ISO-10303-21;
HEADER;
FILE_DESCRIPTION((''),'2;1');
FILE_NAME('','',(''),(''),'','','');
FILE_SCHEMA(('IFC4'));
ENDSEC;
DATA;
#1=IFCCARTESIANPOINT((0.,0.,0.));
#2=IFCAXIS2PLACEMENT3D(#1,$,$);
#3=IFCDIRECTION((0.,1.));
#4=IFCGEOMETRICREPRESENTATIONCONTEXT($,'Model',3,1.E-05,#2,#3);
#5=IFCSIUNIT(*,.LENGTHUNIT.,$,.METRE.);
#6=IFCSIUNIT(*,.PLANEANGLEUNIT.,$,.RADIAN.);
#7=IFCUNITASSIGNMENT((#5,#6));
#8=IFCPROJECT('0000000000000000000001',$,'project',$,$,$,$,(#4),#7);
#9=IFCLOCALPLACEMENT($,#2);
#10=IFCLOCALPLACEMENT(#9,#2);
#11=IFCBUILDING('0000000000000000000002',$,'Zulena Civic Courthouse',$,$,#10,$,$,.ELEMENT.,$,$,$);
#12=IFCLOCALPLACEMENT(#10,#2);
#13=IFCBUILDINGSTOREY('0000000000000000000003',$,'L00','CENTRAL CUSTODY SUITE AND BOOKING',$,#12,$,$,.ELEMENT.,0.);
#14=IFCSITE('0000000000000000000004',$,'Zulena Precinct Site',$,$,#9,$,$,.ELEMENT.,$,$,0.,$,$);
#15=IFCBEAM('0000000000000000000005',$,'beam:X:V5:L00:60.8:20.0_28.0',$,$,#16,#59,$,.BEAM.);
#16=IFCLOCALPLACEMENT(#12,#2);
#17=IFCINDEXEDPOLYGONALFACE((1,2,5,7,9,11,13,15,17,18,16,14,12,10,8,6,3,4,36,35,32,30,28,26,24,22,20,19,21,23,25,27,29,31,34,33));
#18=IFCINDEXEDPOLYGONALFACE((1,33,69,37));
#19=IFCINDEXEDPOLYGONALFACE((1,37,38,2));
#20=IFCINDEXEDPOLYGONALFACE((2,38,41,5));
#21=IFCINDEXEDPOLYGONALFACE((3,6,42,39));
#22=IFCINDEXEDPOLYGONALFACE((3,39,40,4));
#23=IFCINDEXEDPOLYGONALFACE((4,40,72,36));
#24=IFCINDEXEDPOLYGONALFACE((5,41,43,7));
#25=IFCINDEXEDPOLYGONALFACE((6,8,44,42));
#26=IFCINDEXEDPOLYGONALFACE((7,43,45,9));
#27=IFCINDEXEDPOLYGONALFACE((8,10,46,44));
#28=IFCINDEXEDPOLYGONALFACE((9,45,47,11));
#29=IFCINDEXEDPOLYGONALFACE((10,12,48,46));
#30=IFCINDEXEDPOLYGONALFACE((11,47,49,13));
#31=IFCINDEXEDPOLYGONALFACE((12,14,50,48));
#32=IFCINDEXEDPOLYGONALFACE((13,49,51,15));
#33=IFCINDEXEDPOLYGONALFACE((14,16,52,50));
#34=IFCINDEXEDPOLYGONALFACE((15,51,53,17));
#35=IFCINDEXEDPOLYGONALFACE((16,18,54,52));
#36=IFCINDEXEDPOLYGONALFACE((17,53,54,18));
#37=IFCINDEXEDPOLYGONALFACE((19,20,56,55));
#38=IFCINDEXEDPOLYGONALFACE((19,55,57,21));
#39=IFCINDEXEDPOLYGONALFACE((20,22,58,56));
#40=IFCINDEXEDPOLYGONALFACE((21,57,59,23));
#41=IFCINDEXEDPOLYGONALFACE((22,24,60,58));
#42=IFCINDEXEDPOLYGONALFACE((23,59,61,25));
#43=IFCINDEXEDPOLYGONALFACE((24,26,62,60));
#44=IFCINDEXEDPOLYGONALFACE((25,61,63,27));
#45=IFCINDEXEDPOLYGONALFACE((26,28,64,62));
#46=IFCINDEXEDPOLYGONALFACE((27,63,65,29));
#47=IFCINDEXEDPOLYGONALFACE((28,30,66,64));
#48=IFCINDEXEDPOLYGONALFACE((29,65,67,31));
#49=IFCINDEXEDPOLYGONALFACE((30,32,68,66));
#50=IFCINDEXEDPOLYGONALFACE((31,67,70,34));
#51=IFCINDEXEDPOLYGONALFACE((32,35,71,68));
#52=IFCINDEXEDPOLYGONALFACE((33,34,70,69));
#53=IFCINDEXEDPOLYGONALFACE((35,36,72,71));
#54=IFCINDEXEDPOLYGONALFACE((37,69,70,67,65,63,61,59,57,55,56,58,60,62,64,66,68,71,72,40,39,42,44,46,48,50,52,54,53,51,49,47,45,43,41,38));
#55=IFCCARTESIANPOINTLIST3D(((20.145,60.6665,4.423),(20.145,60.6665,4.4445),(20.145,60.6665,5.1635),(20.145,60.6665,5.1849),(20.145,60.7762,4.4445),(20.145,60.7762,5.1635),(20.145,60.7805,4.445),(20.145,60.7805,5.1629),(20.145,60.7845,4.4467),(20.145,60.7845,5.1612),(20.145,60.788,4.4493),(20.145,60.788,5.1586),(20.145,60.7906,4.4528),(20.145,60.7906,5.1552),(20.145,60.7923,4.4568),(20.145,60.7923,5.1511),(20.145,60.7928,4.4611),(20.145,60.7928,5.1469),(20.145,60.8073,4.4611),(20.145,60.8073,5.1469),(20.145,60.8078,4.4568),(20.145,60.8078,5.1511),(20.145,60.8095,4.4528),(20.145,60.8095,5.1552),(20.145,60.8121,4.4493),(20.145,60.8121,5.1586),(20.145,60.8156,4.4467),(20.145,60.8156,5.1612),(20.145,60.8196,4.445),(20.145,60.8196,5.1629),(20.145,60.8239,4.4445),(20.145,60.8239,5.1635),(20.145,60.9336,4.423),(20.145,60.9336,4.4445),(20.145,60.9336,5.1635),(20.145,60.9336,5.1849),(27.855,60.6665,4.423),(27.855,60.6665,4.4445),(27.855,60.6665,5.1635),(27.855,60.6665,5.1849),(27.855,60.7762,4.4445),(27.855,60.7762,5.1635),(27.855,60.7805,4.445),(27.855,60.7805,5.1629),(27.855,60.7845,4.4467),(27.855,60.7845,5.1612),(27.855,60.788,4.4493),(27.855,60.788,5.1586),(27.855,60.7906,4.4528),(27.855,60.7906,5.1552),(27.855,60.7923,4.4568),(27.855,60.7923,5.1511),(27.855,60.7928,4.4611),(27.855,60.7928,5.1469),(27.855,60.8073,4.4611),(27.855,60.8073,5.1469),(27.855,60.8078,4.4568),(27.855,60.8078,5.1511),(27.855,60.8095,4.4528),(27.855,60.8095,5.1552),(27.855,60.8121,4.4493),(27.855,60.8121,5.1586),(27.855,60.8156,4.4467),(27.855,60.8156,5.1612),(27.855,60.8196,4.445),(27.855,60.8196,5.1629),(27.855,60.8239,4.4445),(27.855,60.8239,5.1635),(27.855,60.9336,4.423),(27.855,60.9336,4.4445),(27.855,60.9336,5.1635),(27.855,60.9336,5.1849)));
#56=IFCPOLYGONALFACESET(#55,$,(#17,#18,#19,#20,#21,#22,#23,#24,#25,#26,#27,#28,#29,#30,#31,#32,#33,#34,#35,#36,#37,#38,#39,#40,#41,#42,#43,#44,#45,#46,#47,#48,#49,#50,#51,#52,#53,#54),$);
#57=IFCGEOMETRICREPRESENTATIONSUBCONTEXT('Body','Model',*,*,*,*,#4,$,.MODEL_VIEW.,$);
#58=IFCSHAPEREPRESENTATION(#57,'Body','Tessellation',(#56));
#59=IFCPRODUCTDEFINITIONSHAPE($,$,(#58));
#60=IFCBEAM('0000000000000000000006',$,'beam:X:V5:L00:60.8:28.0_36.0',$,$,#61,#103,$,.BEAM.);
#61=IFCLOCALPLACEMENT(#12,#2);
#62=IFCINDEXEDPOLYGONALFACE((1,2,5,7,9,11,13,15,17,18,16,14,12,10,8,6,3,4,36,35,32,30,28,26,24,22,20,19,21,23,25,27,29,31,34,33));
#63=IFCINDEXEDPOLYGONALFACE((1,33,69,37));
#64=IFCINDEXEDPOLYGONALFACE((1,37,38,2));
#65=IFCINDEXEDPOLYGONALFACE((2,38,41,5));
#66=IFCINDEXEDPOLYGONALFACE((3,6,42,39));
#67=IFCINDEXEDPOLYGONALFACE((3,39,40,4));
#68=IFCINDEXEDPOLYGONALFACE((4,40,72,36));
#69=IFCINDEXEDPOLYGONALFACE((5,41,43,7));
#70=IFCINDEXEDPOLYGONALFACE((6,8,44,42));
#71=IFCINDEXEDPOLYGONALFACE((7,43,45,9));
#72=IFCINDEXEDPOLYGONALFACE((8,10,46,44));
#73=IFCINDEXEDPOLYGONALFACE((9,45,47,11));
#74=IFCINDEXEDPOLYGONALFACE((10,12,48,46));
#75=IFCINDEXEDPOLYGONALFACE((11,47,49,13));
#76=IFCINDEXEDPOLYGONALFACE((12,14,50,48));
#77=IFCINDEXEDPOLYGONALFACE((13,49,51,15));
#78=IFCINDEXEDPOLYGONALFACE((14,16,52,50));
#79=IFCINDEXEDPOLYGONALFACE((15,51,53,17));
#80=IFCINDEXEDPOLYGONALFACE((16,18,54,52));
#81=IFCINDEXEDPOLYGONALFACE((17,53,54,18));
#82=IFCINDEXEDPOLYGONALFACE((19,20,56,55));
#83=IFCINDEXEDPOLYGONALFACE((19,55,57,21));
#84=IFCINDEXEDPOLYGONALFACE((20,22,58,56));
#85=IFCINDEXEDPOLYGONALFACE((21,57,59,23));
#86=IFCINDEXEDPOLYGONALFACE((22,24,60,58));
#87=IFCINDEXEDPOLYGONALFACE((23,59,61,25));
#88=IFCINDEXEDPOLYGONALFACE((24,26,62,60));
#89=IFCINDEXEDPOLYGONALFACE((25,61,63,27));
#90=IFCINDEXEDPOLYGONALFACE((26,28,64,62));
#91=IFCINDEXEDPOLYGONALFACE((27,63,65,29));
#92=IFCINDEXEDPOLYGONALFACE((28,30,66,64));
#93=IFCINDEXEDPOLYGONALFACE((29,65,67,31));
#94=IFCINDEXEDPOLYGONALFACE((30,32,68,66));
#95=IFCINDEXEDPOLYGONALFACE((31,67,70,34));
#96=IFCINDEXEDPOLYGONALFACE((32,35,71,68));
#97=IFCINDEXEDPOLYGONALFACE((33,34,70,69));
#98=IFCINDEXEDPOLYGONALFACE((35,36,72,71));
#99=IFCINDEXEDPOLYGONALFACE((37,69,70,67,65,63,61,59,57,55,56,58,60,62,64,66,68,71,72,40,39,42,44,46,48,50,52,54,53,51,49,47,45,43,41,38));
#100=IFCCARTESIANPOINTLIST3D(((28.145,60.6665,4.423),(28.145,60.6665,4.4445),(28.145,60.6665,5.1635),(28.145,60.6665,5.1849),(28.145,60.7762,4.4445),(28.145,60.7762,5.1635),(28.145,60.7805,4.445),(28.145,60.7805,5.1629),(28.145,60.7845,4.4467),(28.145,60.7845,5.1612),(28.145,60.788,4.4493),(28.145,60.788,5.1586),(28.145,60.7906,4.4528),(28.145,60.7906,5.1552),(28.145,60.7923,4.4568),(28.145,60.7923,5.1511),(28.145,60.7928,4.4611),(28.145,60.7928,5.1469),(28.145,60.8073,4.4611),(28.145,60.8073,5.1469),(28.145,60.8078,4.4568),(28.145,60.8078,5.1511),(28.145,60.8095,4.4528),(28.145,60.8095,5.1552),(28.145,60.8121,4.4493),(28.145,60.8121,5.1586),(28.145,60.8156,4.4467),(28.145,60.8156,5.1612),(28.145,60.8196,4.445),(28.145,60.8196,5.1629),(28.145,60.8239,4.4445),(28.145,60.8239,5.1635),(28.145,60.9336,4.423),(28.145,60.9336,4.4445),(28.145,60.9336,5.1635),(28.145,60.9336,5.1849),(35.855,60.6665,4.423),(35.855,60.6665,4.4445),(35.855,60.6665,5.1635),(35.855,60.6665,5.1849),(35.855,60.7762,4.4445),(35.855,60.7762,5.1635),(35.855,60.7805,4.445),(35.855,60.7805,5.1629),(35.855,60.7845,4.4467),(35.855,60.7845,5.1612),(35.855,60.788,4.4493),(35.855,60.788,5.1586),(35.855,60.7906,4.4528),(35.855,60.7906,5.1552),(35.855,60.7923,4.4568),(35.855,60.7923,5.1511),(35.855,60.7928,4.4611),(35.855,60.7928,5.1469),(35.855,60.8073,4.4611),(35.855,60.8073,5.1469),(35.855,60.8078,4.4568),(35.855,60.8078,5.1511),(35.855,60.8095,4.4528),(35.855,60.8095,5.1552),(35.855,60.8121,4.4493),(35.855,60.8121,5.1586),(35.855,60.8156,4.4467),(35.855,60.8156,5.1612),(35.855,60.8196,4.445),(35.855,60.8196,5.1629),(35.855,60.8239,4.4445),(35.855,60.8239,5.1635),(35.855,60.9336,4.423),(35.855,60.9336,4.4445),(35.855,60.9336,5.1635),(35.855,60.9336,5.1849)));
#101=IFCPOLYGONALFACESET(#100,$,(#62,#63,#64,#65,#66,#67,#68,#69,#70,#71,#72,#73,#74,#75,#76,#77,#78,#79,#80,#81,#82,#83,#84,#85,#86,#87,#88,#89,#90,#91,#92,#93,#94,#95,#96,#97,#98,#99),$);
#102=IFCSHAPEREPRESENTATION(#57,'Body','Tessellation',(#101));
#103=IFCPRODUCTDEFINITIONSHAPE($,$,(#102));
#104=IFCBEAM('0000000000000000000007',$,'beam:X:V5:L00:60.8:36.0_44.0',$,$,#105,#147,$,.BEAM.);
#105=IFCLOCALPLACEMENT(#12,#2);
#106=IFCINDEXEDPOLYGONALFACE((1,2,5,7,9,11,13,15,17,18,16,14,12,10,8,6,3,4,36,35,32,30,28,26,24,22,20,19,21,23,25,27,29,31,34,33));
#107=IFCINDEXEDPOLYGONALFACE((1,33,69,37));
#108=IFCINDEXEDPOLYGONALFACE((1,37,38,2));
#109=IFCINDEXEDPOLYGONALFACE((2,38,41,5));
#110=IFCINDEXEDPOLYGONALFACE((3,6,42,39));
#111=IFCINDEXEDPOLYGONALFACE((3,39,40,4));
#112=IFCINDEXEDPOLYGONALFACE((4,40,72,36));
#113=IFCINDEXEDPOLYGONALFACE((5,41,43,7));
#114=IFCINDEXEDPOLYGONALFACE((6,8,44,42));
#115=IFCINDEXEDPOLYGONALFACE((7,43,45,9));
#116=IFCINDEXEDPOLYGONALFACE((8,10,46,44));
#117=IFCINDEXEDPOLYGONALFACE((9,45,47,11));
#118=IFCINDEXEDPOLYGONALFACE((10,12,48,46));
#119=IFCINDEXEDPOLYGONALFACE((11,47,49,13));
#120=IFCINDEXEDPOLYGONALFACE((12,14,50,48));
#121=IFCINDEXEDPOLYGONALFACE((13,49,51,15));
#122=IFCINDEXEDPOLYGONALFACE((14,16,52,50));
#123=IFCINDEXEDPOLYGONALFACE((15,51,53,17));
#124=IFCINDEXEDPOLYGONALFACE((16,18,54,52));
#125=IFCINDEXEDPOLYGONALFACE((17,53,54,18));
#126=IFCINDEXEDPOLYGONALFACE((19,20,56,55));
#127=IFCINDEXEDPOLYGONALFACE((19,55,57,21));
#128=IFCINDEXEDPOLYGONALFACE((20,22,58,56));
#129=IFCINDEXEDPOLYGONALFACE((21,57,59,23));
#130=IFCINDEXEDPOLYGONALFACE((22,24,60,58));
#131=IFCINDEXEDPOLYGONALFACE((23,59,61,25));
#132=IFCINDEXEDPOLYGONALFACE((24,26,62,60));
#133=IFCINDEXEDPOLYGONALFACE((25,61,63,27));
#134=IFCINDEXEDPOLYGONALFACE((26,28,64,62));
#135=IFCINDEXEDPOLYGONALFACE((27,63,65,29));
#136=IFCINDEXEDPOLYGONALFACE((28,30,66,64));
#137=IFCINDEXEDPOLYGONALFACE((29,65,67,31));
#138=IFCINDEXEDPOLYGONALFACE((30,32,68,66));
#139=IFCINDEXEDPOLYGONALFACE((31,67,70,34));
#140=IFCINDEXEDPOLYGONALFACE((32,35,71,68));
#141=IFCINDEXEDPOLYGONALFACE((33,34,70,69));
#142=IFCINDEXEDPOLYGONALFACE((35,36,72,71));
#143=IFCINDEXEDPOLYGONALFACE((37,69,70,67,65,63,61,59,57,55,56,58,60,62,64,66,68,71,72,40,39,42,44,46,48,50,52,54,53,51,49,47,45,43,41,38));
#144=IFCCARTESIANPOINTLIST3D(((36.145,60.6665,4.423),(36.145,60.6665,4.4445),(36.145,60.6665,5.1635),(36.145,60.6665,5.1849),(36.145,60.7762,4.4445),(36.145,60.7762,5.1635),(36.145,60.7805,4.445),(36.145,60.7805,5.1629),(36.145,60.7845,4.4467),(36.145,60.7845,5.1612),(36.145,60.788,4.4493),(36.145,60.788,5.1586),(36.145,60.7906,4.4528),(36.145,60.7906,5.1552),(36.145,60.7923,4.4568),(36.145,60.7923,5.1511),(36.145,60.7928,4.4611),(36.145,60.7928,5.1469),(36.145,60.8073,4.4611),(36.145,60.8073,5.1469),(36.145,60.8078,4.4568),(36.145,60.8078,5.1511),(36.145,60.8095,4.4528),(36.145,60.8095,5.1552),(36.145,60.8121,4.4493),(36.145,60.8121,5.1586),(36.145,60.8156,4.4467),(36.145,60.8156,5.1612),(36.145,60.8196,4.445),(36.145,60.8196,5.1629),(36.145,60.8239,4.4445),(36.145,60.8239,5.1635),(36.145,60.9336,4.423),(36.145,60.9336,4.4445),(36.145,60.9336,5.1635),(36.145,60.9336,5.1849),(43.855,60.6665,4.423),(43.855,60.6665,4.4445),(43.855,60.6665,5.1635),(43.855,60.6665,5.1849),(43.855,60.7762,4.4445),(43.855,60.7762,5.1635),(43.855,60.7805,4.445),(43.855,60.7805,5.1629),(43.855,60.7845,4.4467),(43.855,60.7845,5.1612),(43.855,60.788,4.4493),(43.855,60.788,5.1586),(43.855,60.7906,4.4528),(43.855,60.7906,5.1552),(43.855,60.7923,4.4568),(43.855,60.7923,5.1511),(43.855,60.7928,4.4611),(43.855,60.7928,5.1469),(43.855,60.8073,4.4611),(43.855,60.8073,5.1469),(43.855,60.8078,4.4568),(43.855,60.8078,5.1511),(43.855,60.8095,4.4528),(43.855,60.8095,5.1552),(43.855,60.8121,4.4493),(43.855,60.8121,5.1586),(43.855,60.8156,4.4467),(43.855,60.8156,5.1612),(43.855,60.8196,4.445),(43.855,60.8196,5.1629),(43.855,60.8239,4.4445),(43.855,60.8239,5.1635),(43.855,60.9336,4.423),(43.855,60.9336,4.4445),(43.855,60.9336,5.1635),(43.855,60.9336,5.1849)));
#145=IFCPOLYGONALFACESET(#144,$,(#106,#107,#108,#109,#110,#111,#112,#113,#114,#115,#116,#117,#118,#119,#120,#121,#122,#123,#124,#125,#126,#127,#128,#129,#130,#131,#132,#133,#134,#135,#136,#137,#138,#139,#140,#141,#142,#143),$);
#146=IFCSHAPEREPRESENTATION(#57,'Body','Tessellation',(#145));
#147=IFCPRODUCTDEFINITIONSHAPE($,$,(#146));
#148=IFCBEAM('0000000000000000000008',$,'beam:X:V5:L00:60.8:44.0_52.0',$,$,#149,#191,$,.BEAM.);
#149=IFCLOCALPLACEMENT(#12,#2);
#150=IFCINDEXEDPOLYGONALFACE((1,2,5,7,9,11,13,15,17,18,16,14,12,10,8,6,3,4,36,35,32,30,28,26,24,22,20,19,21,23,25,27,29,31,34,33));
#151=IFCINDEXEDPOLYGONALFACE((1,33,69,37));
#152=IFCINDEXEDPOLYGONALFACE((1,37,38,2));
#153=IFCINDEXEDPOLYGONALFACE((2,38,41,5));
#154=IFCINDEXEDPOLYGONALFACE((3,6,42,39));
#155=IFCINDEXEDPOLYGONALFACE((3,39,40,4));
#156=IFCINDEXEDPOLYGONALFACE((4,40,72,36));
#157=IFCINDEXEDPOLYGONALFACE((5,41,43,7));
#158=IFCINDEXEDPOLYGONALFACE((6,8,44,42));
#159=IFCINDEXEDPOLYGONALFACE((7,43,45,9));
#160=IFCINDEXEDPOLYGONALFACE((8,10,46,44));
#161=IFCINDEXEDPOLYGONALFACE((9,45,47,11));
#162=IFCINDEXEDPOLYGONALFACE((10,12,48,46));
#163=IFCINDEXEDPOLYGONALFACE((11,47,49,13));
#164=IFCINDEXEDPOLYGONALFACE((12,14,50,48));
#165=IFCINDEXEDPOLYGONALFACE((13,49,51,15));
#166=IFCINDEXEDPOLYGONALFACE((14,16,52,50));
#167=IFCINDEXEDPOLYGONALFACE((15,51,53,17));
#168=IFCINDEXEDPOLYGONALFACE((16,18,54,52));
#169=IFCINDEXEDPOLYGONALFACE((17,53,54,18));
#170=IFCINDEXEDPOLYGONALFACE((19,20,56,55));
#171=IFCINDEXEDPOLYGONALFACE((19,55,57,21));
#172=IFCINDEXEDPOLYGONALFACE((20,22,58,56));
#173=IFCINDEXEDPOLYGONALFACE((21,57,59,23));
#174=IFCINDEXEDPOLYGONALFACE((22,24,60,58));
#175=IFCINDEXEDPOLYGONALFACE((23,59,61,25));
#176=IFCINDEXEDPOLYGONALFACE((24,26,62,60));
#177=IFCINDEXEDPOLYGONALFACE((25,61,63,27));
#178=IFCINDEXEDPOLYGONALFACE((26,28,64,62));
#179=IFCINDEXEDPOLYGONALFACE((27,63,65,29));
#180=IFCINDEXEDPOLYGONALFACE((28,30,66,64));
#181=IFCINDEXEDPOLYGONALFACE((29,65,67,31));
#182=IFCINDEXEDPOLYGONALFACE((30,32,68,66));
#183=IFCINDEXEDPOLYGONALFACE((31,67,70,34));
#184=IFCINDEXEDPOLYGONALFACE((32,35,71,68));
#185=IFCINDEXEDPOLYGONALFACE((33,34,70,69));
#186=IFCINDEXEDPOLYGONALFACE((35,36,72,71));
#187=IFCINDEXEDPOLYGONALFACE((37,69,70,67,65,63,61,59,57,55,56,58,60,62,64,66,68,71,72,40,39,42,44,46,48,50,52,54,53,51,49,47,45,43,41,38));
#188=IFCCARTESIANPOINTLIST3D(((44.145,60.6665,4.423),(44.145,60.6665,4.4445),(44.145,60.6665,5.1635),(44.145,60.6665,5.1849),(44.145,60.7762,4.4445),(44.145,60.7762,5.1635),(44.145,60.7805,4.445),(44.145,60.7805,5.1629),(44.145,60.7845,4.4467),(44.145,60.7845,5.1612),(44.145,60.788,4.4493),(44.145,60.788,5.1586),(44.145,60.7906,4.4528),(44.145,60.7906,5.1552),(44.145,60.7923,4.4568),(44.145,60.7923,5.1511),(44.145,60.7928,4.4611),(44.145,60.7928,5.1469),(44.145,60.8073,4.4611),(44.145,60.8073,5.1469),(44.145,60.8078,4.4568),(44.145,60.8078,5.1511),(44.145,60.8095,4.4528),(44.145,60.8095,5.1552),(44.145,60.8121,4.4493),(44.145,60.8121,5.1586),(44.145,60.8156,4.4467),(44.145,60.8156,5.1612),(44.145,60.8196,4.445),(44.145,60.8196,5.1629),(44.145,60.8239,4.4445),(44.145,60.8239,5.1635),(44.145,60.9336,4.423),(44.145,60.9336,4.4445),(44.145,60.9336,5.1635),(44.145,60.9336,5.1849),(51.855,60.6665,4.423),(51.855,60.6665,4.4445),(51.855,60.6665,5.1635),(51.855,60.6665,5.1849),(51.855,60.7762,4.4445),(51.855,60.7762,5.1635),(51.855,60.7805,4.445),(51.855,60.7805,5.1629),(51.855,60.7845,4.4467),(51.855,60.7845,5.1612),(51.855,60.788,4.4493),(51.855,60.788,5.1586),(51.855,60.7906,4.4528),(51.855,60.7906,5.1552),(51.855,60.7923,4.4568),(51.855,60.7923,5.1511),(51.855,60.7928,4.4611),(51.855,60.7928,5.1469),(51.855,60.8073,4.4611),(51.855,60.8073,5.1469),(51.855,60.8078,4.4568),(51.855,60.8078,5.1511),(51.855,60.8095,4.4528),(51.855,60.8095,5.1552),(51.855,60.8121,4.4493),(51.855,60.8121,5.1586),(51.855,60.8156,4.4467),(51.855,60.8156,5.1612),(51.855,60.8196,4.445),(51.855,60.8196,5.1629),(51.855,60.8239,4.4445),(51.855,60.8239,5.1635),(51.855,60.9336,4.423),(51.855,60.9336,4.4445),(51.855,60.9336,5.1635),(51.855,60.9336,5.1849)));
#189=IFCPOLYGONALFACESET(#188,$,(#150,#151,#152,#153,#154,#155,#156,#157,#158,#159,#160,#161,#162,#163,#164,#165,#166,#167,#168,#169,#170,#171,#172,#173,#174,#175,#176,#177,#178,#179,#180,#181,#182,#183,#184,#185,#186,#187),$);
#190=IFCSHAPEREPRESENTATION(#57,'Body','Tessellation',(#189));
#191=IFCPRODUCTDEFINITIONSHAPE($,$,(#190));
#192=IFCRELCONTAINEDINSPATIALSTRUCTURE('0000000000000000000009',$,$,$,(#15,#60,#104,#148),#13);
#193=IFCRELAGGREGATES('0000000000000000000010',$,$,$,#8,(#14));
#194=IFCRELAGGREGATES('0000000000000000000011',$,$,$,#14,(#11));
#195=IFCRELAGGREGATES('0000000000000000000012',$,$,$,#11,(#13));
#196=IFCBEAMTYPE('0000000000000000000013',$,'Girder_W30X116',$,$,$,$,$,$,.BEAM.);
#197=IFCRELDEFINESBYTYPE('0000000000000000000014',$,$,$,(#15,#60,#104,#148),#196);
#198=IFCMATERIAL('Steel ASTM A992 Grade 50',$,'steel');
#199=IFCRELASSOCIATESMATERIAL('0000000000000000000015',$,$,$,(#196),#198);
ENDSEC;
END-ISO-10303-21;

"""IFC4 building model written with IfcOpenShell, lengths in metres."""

from ifc_helpers import new_model, si_unit, direction, frame, origin, origin_2d, place, context, subcontext, project, spatial, i_section, extrude, material, material_profile, profile_set, type_object, element, save


model = new_model("IFC4")

# Units and contexts
model_context = context("Model", 3, precision=1e-05, world=origin(), true_north=direction((0.0, 1.0)))
body_context = subcontext(model_context, "Body", "Model", "MODEL_VIEW")
ifc_project = project(units=[si_unit("LENGTHUNIT", "METRE"), si_unit("PLANEANGLEUNIT", "RADIAN")], contexts=[model_context])

# Site, building, storey
site_placement = place(None, origin())
site = spatial("IfcSite", under=ifc_project, at=site_placement, Name="Zulena Precinct Site", CompositionType="ELEMENT", RefElevation=0.0)
building_placement = place(site_placement, origin())
building = spatial("IfcBuilding", under=site, at=building_placement, Name="Zulena Civic Courthouse", CompositionType="ELEMENT")
storey_placement = place(building_placement, origin())
storey = spatial("IfcBuildingStorey", under=building, at=storey_placement, Name="L00", Description="CENTRAL CUSTODY SUITE AND BOOKING", CompositionType="ELEMENT", Elevation=0.0)

# Shared definitions
ifc_material_1 = material(Name="Steel ASTM A992 Grade 50", Category="steel")

# Beams
ifc_material_profile_1 = material_profile(ifc_material_1, i_section(OverallWidth=0.2671, OverallDepth=0.762, WebThickness=0.0144, FlangeThickness=0.0215, FilletRadius=0.0166, at=origin_2d()), Name="W30X116")
ifc_profile_set_1 = profile_set([ifc_material_profile_1], Name="Steel ASTM A992 Grade 50")
beam_type = type_object("IfcBeamType", Name="Girder_W30X116", PredefinedType="BEAM", material=ifc_profile_set_1)
for number, where, z_axis, x_axis, name in (
    (1, (20.145, 60.8, 4.804), (1.0, 0.0, 0.0), (0.0, 1.0, 0.0), "beam:X:V5:L00:60.8:20.0_28.0"),
    (2, (28.145, 60.8, 4.804), (1.0, 0.0, 0.0), (0.0, 1.0, 0.0), "beam:X:V5:L00:60.8:28.0_36.0"),
    (3, (36.145, 60.8, 4.804), (1.0, 0.0, 0.0), (0.0, 1.0, 0.0), "beam:X:V5:L00:60.8:36.0_44.0"),
    (4, (44.145, 60.8, 4.804), (1.0, 0.0, 0.0), (0.0, 1.0, 0.0), "beam:X:V5:L00:60.8:44.0_52.0"),
):
    element("IfcBeam", number, at=place(storey_placement, frame(where, z_axis=z_axis, x_axis=x_axis)), inside=storey, type_object=beam_type, Name=name, PredefinedType="BEAM", context=body_context, shape_type="SweptSolid", body=[
        extrude(i_section(OverallWidth=0.2671, OverallDepth=0.762, WebThickness=0.0144, FlangeThickness=0.0215, FilletRadius=0.0166, at=origin_2d()), origin(), (0.0, 0.0, 1.0), 7.71),
    ])

save(model, "model.ifc")
